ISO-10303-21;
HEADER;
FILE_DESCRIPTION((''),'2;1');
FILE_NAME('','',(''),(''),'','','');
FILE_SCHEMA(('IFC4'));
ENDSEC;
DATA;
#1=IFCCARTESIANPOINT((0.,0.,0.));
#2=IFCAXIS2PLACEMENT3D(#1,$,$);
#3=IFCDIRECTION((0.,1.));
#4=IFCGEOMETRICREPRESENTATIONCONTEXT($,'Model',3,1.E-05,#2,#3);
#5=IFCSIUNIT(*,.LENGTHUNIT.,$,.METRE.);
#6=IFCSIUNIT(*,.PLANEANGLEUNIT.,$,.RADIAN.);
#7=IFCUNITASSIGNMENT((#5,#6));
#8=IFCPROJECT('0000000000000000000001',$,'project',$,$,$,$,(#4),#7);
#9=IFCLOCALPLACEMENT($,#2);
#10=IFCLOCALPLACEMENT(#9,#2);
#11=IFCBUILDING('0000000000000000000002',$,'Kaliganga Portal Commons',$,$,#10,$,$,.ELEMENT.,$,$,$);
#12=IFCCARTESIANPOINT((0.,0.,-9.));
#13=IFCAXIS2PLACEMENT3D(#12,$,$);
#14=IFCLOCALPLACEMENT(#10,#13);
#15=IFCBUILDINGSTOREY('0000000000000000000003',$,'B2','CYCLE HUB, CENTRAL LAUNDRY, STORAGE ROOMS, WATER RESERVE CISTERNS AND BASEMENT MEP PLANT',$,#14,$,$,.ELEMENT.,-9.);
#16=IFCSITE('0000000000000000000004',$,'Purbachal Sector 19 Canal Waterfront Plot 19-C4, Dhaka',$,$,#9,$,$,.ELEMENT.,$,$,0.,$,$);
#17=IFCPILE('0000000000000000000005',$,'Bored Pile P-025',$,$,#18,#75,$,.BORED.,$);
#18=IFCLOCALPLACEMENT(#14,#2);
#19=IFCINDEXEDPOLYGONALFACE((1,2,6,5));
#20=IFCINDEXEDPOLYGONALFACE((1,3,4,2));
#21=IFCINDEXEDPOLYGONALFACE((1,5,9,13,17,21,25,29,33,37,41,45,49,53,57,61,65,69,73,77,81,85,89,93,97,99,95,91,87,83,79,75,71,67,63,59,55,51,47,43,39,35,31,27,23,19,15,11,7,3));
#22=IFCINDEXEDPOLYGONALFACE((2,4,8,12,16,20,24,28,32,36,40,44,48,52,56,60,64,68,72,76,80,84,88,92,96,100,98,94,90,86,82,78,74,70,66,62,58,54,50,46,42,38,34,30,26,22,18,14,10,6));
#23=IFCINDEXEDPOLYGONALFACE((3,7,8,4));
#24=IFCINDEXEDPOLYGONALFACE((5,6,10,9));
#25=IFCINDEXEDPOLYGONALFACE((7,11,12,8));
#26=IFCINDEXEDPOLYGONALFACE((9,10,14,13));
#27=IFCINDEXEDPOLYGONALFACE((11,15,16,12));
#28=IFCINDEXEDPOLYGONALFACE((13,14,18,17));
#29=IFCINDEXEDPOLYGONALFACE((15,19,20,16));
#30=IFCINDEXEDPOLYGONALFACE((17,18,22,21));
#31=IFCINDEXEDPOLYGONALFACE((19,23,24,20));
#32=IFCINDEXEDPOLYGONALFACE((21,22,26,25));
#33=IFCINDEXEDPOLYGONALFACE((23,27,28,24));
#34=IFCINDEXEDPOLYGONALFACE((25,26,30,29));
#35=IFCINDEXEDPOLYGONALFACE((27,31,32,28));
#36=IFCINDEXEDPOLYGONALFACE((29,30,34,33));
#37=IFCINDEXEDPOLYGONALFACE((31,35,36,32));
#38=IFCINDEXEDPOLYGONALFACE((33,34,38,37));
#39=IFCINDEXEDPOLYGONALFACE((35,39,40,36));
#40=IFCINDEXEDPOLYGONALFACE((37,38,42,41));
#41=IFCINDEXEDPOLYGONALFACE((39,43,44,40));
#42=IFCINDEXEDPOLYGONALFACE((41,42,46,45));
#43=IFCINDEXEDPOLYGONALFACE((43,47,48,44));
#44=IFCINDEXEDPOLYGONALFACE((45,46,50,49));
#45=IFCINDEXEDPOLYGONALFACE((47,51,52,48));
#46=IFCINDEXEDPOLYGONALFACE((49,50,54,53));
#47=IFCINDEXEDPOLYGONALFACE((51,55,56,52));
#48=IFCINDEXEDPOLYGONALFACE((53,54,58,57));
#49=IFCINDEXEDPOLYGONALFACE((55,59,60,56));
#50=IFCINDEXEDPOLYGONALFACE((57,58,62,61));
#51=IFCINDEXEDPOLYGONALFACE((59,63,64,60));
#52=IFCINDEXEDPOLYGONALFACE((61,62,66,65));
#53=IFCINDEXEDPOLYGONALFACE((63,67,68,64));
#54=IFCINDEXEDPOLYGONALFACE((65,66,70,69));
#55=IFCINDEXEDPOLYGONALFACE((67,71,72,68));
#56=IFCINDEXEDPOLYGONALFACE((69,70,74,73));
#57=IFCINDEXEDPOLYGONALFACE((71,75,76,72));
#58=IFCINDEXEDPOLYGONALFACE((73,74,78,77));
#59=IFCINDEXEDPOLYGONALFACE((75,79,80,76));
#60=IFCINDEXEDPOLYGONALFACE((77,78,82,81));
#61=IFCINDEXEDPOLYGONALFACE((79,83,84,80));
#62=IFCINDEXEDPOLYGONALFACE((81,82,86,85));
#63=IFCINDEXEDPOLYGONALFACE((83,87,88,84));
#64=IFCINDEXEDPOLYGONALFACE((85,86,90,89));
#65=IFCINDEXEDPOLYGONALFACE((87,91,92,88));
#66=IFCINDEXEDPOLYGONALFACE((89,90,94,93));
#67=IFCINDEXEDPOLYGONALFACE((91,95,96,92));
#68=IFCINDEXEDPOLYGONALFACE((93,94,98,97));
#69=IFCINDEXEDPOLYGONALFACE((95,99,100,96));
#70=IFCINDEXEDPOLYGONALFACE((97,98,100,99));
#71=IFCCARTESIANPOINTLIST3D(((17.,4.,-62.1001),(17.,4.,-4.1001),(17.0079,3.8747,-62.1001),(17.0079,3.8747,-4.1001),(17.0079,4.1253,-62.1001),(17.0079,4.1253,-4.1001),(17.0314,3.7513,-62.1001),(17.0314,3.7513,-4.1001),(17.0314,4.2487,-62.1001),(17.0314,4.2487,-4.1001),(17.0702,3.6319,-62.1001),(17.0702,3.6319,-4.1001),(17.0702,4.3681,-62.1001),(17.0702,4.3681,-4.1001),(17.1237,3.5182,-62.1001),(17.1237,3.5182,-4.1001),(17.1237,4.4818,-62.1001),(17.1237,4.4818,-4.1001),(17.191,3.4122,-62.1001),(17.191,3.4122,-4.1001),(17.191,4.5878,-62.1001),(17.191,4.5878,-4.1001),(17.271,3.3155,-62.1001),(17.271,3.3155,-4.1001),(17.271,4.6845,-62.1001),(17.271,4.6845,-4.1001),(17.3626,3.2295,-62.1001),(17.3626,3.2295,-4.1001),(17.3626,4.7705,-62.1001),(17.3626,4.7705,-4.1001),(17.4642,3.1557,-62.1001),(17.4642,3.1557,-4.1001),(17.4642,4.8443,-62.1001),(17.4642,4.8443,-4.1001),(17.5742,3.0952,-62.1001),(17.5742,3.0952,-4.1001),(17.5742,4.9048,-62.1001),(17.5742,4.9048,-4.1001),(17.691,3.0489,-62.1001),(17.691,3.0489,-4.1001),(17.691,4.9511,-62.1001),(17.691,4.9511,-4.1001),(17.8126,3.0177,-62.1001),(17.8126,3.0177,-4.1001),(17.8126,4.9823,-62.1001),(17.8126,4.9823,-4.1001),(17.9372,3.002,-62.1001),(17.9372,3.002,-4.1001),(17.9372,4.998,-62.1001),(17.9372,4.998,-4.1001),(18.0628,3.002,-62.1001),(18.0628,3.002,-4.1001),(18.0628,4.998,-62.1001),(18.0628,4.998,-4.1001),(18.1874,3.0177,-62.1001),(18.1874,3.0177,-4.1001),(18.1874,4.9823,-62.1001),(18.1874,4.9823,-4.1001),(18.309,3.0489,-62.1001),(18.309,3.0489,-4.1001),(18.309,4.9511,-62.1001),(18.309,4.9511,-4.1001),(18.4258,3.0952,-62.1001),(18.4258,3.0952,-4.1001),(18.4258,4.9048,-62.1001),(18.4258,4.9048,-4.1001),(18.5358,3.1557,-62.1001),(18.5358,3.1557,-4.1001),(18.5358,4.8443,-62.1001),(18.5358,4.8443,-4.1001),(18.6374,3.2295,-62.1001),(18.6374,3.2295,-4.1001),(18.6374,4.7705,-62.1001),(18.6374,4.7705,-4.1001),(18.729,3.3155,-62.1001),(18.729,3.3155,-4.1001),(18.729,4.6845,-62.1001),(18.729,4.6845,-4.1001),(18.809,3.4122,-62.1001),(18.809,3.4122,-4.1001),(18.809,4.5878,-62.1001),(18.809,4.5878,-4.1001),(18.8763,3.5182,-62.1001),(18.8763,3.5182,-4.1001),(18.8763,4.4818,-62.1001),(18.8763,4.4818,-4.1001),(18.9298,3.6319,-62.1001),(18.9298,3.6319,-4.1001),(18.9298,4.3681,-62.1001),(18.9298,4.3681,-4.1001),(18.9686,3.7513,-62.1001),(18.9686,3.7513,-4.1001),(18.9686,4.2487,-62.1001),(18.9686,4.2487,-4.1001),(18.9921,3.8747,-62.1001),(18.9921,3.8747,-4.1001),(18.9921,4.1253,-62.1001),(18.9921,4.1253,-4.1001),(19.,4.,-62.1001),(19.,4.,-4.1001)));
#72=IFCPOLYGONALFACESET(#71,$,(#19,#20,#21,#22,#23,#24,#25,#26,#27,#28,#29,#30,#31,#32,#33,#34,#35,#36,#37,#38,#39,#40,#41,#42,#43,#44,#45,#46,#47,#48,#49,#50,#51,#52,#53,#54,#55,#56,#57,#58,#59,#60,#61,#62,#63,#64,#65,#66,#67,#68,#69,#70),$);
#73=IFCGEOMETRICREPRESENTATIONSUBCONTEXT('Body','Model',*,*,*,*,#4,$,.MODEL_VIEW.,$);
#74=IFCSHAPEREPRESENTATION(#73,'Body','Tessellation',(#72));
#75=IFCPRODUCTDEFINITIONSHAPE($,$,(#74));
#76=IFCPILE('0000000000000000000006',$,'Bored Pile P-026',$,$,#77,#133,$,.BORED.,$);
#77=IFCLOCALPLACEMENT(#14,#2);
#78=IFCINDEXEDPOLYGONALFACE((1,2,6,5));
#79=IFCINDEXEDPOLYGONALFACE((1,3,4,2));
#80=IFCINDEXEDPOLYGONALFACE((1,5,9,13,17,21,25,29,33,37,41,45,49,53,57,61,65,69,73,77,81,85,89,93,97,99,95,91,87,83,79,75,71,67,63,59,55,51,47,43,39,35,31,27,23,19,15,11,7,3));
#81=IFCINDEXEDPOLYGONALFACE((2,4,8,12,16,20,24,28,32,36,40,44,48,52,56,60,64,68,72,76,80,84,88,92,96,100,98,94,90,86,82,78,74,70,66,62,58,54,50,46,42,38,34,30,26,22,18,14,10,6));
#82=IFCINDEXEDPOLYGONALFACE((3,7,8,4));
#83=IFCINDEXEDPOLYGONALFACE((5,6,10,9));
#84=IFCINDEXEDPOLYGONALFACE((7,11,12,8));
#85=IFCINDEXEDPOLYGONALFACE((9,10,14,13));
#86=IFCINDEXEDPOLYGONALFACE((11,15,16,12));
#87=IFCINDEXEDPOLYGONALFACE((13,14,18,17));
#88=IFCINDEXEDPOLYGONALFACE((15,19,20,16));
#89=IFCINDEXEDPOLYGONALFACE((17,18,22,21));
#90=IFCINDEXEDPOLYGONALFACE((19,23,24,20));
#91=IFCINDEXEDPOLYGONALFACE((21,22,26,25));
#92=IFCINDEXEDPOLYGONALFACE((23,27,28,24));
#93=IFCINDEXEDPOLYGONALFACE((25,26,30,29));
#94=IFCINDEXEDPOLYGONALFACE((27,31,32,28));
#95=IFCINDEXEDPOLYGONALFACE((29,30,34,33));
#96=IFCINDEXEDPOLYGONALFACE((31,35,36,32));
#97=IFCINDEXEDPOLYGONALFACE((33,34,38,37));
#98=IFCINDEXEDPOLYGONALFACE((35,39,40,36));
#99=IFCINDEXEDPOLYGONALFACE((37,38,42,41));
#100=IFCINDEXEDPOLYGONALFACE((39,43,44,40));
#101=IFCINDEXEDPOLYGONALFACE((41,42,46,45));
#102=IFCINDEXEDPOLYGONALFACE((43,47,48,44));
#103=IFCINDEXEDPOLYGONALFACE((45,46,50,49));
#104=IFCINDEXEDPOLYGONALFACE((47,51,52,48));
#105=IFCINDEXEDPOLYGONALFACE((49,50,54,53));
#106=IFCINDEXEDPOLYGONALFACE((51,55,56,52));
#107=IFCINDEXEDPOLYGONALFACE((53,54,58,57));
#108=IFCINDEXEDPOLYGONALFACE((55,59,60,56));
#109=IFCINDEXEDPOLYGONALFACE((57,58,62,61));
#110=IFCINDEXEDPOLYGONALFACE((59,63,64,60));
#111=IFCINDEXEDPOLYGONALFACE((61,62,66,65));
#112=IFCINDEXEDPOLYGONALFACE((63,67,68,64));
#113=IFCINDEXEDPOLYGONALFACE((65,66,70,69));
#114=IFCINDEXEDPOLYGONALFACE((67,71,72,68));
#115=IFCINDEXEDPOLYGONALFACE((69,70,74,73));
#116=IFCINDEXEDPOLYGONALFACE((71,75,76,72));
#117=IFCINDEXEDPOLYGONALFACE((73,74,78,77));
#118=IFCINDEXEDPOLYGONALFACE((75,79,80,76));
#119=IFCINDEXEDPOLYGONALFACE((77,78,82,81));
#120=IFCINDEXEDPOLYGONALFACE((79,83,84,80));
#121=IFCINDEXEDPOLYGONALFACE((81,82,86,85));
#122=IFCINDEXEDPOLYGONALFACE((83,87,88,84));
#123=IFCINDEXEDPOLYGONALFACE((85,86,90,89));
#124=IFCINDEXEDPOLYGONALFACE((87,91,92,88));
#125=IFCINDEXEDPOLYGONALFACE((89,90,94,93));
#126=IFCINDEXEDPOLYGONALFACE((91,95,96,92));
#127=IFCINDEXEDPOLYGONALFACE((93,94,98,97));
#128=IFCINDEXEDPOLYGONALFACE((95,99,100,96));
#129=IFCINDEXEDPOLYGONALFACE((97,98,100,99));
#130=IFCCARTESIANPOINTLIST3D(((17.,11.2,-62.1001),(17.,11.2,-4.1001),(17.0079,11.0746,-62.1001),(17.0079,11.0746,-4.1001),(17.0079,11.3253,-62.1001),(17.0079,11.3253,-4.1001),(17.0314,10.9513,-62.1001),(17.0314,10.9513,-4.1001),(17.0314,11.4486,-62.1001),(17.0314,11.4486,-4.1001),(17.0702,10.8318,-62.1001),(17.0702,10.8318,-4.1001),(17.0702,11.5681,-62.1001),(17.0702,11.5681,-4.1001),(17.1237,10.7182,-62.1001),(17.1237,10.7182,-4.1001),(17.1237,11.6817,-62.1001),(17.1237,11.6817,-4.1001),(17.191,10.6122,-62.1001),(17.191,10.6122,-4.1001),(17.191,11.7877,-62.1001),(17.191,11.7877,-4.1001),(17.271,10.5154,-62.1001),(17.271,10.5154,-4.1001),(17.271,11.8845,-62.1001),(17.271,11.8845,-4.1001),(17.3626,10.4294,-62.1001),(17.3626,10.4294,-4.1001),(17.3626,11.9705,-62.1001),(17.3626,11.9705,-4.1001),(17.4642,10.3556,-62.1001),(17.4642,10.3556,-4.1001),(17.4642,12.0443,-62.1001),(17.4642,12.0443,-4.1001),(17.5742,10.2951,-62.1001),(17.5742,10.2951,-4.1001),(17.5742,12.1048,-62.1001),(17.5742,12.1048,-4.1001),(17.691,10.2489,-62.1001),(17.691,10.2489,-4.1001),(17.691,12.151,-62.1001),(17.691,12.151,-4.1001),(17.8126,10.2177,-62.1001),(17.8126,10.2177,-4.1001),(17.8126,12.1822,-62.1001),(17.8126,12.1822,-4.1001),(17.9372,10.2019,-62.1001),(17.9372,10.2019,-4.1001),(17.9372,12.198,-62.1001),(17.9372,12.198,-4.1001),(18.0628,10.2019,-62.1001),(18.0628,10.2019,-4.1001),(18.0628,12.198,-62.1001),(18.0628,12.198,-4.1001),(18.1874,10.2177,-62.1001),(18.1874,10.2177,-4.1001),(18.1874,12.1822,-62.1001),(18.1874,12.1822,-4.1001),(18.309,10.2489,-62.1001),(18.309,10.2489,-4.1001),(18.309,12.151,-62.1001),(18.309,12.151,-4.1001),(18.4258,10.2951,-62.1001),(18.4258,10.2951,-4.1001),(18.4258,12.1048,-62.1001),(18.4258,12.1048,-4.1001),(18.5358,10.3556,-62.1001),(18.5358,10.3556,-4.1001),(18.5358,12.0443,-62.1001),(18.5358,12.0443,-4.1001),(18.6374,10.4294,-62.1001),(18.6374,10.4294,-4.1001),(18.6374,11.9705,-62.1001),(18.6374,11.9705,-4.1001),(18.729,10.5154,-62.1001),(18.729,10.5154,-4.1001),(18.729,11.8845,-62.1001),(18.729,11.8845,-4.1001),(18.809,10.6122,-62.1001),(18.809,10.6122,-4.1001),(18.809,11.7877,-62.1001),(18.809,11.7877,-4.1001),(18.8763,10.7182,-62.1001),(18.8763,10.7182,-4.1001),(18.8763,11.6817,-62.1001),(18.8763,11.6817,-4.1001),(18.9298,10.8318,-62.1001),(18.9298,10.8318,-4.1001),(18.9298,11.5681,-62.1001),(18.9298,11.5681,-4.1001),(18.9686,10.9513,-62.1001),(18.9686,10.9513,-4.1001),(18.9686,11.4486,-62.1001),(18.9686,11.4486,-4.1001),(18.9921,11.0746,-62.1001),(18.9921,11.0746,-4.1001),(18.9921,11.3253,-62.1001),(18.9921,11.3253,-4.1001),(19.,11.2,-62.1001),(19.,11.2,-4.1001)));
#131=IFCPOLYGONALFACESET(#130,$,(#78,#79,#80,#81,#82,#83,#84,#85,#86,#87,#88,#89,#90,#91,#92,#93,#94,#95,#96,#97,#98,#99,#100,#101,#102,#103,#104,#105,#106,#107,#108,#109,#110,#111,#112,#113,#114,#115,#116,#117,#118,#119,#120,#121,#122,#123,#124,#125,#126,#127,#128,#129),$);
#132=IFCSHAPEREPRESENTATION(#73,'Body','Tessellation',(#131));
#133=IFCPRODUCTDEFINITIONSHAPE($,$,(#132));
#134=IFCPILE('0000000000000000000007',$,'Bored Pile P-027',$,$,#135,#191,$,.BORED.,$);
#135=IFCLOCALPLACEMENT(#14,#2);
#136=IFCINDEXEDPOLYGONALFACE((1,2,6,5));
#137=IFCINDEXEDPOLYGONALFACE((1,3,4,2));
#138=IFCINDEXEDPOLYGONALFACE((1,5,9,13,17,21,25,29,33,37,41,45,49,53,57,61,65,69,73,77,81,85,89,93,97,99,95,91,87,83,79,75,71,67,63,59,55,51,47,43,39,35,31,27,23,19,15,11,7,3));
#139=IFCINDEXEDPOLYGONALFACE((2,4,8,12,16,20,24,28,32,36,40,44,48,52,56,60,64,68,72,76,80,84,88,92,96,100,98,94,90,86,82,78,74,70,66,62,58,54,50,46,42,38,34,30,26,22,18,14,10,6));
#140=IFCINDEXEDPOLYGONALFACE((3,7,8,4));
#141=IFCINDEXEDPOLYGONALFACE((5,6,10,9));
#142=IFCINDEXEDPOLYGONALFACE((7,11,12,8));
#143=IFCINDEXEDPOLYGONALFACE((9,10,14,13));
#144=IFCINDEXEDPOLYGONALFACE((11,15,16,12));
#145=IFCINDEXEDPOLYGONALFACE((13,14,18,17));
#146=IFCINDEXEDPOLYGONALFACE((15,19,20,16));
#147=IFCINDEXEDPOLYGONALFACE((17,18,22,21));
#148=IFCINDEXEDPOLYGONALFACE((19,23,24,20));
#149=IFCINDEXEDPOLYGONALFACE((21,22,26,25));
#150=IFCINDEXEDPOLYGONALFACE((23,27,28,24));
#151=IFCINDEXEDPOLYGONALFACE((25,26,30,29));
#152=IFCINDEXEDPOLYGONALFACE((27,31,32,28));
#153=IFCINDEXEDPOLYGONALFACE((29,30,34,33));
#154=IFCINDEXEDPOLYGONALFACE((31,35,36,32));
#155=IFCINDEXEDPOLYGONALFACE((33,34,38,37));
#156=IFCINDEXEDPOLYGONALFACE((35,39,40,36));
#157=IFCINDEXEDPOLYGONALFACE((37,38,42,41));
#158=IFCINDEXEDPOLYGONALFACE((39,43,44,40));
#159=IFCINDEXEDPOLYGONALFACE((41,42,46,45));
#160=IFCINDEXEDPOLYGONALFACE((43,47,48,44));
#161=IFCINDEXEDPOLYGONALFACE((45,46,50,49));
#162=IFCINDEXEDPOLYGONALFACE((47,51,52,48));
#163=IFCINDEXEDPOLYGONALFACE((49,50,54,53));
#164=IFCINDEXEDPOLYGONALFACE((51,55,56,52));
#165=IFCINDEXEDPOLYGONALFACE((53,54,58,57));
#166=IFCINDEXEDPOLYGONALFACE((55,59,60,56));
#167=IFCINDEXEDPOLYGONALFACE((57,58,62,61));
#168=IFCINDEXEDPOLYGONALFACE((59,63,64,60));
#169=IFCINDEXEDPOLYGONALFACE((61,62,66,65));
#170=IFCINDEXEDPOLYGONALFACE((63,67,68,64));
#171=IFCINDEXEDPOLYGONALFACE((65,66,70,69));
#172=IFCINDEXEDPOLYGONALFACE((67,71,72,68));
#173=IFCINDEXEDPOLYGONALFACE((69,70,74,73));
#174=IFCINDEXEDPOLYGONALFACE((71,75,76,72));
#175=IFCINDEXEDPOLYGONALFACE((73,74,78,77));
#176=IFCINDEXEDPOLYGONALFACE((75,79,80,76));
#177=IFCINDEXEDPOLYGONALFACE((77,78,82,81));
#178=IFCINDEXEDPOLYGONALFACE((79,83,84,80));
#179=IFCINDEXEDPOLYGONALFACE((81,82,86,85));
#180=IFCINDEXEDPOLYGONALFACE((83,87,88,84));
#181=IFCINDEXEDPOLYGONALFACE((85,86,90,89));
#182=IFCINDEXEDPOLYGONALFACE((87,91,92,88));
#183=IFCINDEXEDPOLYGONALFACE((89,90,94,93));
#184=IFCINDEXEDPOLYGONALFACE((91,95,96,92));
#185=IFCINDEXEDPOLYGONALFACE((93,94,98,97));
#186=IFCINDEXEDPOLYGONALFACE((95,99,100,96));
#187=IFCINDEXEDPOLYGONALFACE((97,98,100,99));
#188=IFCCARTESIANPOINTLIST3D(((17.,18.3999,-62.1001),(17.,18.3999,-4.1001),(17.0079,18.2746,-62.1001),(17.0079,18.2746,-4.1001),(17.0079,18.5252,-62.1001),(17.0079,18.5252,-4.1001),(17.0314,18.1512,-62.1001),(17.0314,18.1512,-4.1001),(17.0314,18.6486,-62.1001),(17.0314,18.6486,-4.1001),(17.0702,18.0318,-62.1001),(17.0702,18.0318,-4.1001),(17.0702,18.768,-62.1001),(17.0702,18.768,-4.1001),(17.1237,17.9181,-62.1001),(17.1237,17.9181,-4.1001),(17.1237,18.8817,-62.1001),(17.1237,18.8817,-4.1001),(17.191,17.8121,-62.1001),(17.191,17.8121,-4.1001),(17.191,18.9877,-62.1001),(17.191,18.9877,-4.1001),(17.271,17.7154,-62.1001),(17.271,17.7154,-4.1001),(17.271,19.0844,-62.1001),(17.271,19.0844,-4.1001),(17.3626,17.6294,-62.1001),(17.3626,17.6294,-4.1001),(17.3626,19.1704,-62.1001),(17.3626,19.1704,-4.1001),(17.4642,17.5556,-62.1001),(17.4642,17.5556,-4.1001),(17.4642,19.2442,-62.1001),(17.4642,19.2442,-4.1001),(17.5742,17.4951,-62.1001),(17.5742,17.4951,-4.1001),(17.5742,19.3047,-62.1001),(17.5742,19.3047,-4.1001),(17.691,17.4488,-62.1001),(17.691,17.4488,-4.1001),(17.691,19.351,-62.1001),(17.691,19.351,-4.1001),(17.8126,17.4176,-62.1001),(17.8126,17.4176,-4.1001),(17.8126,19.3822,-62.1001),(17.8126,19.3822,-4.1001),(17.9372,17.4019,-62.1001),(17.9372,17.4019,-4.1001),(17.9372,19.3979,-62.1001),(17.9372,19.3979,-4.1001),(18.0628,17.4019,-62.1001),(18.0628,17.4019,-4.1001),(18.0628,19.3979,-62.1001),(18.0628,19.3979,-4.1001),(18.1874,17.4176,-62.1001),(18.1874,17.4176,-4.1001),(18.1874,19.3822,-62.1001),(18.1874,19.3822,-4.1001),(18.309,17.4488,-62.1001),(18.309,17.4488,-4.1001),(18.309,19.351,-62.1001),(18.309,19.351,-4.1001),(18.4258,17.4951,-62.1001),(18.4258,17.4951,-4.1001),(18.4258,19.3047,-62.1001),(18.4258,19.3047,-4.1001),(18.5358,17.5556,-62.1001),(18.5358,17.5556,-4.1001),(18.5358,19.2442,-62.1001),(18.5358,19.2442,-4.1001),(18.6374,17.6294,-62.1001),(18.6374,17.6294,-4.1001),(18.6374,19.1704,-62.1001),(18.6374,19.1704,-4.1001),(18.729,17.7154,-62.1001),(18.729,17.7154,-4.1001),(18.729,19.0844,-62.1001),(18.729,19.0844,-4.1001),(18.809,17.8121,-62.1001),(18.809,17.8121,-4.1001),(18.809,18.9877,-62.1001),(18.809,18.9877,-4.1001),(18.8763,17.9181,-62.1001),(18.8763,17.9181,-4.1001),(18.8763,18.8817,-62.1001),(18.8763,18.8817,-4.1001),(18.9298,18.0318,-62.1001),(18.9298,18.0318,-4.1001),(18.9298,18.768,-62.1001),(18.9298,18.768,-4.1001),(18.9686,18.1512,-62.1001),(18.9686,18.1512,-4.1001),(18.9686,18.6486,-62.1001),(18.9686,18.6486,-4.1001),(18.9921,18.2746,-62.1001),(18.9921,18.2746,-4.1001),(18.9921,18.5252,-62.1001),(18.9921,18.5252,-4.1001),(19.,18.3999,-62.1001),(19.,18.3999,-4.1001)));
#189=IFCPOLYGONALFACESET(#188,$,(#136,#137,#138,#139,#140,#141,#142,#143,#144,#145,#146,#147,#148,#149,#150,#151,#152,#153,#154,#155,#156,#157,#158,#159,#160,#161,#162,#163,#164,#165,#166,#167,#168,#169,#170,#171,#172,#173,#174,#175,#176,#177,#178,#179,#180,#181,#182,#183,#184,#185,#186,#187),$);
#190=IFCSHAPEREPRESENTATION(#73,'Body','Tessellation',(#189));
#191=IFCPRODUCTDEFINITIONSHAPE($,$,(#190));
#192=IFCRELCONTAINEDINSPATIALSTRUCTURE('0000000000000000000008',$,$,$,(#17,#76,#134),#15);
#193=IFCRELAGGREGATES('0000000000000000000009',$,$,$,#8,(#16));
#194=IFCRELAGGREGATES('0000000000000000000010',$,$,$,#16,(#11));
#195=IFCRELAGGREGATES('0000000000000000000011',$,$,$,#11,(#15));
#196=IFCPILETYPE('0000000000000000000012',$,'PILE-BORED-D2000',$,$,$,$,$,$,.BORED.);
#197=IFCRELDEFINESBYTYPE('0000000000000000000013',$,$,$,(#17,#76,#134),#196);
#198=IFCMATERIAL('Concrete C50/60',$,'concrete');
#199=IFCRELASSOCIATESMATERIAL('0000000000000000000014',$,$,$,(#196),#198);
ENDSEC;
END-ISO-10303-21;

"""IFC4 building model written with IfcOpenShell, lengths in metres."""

from ifc_helpers import new_model, si_unit, direction, frame, origin, origin_2d, place, context, subcontext, project, spatial, circle, extrude, material, material_profile, profile_set, type_object, element, save


model = new_model("IFC4")

# Units and contexts
model_context = context("Model", 3, precision=1e-05, world=origin(), true_north=direction((0.0, 1.0)))
body_context = subcontext(model_context, "Body", "Model", "MODEL_VIEW")
ifc_project = project(units=[si_unit("LENGTHUNIT", "METRE"), si_unit("PLANEANGLEUNIT", "RADIAN")], contexts=[model_context])

# Site, building, storey
site_placement = place(None, origin())
site = spatial("IfcSite", under=ifc_project, at=site_placement, Name="Purbachal Sector 19 Canal Waterfront Plot 19-C4, Dhaka", CompositionType="ELEMENT", RefElevation=0.0)
building_placement = place(site_placement, origin())
building = spatial("IfcBuilding", under=site, at=building_placement, Name="Kaliganga Portal Commons", CompositionType="ELEMENT")
storey_placement = place(building_placement, frame((0.0, 0.0, -9.0)))
storey = spatial("IfcBuildingStorey", under=building, at=storey_placement, Name="B2", Description="CYCLE HUB, CENTRAL LAUNDRY, STORAGE ROOMS, WATER RESERVE CISTERNS AND BASEMENT MEP PLANT", CompositionType="ELEMENT", Elevation=-9.0)

# Piles
ifc_material_1 = material(Name="Concrete C50/60", Category="concrete")
ifc_material_profile_1 = material_profile(ifc_material_1, circle(Radius=1.0, at=origin_2d()), Name="PILE D2000")
ifc_profile_set_1 = profile_set([ifc_material_profile_1], Name="Concrete C50/60")
pile_type_1 = type_object("IfcPileType", Name="PILE-BORED-D2000", PredefinedType="BORED", material=ifc_profile_set_1)
for number, where, z_axis, x_axis, name in (
    (1, (18.0, 4.0, -4.1001), (0.0, 0.0, -1.0), (1.0, 0.0, 0.0), "Bored Pile P-025"),
    (2, (18.0, 11.2, -4.1001), (0.0, 0.0, -1.0), (1.0, 0.0, 0.0), "Bored Pile P-026"),
    (3, (18.0, 18.3999, -4.1001), (0.0, 0.0, -1.0), (1.0, 0.0, 0.0), "Bored Pile P-027"),
):
    element("IfcPile", number, at=place(storey_placement, frame(where, z_axis=z_axis, x_axis=x_axis)), inside=storey, type_object=pile_type_1, Name=name, PredefinedType="BORED", context=body_context, shape_type="SweptSolid", body=[
        extrude(circle(Radius=1.0, at=origin_2d()), origin(), (0.0, 0.0, 1.0), 58.0),
    ])

save(model, "model.ifc")
